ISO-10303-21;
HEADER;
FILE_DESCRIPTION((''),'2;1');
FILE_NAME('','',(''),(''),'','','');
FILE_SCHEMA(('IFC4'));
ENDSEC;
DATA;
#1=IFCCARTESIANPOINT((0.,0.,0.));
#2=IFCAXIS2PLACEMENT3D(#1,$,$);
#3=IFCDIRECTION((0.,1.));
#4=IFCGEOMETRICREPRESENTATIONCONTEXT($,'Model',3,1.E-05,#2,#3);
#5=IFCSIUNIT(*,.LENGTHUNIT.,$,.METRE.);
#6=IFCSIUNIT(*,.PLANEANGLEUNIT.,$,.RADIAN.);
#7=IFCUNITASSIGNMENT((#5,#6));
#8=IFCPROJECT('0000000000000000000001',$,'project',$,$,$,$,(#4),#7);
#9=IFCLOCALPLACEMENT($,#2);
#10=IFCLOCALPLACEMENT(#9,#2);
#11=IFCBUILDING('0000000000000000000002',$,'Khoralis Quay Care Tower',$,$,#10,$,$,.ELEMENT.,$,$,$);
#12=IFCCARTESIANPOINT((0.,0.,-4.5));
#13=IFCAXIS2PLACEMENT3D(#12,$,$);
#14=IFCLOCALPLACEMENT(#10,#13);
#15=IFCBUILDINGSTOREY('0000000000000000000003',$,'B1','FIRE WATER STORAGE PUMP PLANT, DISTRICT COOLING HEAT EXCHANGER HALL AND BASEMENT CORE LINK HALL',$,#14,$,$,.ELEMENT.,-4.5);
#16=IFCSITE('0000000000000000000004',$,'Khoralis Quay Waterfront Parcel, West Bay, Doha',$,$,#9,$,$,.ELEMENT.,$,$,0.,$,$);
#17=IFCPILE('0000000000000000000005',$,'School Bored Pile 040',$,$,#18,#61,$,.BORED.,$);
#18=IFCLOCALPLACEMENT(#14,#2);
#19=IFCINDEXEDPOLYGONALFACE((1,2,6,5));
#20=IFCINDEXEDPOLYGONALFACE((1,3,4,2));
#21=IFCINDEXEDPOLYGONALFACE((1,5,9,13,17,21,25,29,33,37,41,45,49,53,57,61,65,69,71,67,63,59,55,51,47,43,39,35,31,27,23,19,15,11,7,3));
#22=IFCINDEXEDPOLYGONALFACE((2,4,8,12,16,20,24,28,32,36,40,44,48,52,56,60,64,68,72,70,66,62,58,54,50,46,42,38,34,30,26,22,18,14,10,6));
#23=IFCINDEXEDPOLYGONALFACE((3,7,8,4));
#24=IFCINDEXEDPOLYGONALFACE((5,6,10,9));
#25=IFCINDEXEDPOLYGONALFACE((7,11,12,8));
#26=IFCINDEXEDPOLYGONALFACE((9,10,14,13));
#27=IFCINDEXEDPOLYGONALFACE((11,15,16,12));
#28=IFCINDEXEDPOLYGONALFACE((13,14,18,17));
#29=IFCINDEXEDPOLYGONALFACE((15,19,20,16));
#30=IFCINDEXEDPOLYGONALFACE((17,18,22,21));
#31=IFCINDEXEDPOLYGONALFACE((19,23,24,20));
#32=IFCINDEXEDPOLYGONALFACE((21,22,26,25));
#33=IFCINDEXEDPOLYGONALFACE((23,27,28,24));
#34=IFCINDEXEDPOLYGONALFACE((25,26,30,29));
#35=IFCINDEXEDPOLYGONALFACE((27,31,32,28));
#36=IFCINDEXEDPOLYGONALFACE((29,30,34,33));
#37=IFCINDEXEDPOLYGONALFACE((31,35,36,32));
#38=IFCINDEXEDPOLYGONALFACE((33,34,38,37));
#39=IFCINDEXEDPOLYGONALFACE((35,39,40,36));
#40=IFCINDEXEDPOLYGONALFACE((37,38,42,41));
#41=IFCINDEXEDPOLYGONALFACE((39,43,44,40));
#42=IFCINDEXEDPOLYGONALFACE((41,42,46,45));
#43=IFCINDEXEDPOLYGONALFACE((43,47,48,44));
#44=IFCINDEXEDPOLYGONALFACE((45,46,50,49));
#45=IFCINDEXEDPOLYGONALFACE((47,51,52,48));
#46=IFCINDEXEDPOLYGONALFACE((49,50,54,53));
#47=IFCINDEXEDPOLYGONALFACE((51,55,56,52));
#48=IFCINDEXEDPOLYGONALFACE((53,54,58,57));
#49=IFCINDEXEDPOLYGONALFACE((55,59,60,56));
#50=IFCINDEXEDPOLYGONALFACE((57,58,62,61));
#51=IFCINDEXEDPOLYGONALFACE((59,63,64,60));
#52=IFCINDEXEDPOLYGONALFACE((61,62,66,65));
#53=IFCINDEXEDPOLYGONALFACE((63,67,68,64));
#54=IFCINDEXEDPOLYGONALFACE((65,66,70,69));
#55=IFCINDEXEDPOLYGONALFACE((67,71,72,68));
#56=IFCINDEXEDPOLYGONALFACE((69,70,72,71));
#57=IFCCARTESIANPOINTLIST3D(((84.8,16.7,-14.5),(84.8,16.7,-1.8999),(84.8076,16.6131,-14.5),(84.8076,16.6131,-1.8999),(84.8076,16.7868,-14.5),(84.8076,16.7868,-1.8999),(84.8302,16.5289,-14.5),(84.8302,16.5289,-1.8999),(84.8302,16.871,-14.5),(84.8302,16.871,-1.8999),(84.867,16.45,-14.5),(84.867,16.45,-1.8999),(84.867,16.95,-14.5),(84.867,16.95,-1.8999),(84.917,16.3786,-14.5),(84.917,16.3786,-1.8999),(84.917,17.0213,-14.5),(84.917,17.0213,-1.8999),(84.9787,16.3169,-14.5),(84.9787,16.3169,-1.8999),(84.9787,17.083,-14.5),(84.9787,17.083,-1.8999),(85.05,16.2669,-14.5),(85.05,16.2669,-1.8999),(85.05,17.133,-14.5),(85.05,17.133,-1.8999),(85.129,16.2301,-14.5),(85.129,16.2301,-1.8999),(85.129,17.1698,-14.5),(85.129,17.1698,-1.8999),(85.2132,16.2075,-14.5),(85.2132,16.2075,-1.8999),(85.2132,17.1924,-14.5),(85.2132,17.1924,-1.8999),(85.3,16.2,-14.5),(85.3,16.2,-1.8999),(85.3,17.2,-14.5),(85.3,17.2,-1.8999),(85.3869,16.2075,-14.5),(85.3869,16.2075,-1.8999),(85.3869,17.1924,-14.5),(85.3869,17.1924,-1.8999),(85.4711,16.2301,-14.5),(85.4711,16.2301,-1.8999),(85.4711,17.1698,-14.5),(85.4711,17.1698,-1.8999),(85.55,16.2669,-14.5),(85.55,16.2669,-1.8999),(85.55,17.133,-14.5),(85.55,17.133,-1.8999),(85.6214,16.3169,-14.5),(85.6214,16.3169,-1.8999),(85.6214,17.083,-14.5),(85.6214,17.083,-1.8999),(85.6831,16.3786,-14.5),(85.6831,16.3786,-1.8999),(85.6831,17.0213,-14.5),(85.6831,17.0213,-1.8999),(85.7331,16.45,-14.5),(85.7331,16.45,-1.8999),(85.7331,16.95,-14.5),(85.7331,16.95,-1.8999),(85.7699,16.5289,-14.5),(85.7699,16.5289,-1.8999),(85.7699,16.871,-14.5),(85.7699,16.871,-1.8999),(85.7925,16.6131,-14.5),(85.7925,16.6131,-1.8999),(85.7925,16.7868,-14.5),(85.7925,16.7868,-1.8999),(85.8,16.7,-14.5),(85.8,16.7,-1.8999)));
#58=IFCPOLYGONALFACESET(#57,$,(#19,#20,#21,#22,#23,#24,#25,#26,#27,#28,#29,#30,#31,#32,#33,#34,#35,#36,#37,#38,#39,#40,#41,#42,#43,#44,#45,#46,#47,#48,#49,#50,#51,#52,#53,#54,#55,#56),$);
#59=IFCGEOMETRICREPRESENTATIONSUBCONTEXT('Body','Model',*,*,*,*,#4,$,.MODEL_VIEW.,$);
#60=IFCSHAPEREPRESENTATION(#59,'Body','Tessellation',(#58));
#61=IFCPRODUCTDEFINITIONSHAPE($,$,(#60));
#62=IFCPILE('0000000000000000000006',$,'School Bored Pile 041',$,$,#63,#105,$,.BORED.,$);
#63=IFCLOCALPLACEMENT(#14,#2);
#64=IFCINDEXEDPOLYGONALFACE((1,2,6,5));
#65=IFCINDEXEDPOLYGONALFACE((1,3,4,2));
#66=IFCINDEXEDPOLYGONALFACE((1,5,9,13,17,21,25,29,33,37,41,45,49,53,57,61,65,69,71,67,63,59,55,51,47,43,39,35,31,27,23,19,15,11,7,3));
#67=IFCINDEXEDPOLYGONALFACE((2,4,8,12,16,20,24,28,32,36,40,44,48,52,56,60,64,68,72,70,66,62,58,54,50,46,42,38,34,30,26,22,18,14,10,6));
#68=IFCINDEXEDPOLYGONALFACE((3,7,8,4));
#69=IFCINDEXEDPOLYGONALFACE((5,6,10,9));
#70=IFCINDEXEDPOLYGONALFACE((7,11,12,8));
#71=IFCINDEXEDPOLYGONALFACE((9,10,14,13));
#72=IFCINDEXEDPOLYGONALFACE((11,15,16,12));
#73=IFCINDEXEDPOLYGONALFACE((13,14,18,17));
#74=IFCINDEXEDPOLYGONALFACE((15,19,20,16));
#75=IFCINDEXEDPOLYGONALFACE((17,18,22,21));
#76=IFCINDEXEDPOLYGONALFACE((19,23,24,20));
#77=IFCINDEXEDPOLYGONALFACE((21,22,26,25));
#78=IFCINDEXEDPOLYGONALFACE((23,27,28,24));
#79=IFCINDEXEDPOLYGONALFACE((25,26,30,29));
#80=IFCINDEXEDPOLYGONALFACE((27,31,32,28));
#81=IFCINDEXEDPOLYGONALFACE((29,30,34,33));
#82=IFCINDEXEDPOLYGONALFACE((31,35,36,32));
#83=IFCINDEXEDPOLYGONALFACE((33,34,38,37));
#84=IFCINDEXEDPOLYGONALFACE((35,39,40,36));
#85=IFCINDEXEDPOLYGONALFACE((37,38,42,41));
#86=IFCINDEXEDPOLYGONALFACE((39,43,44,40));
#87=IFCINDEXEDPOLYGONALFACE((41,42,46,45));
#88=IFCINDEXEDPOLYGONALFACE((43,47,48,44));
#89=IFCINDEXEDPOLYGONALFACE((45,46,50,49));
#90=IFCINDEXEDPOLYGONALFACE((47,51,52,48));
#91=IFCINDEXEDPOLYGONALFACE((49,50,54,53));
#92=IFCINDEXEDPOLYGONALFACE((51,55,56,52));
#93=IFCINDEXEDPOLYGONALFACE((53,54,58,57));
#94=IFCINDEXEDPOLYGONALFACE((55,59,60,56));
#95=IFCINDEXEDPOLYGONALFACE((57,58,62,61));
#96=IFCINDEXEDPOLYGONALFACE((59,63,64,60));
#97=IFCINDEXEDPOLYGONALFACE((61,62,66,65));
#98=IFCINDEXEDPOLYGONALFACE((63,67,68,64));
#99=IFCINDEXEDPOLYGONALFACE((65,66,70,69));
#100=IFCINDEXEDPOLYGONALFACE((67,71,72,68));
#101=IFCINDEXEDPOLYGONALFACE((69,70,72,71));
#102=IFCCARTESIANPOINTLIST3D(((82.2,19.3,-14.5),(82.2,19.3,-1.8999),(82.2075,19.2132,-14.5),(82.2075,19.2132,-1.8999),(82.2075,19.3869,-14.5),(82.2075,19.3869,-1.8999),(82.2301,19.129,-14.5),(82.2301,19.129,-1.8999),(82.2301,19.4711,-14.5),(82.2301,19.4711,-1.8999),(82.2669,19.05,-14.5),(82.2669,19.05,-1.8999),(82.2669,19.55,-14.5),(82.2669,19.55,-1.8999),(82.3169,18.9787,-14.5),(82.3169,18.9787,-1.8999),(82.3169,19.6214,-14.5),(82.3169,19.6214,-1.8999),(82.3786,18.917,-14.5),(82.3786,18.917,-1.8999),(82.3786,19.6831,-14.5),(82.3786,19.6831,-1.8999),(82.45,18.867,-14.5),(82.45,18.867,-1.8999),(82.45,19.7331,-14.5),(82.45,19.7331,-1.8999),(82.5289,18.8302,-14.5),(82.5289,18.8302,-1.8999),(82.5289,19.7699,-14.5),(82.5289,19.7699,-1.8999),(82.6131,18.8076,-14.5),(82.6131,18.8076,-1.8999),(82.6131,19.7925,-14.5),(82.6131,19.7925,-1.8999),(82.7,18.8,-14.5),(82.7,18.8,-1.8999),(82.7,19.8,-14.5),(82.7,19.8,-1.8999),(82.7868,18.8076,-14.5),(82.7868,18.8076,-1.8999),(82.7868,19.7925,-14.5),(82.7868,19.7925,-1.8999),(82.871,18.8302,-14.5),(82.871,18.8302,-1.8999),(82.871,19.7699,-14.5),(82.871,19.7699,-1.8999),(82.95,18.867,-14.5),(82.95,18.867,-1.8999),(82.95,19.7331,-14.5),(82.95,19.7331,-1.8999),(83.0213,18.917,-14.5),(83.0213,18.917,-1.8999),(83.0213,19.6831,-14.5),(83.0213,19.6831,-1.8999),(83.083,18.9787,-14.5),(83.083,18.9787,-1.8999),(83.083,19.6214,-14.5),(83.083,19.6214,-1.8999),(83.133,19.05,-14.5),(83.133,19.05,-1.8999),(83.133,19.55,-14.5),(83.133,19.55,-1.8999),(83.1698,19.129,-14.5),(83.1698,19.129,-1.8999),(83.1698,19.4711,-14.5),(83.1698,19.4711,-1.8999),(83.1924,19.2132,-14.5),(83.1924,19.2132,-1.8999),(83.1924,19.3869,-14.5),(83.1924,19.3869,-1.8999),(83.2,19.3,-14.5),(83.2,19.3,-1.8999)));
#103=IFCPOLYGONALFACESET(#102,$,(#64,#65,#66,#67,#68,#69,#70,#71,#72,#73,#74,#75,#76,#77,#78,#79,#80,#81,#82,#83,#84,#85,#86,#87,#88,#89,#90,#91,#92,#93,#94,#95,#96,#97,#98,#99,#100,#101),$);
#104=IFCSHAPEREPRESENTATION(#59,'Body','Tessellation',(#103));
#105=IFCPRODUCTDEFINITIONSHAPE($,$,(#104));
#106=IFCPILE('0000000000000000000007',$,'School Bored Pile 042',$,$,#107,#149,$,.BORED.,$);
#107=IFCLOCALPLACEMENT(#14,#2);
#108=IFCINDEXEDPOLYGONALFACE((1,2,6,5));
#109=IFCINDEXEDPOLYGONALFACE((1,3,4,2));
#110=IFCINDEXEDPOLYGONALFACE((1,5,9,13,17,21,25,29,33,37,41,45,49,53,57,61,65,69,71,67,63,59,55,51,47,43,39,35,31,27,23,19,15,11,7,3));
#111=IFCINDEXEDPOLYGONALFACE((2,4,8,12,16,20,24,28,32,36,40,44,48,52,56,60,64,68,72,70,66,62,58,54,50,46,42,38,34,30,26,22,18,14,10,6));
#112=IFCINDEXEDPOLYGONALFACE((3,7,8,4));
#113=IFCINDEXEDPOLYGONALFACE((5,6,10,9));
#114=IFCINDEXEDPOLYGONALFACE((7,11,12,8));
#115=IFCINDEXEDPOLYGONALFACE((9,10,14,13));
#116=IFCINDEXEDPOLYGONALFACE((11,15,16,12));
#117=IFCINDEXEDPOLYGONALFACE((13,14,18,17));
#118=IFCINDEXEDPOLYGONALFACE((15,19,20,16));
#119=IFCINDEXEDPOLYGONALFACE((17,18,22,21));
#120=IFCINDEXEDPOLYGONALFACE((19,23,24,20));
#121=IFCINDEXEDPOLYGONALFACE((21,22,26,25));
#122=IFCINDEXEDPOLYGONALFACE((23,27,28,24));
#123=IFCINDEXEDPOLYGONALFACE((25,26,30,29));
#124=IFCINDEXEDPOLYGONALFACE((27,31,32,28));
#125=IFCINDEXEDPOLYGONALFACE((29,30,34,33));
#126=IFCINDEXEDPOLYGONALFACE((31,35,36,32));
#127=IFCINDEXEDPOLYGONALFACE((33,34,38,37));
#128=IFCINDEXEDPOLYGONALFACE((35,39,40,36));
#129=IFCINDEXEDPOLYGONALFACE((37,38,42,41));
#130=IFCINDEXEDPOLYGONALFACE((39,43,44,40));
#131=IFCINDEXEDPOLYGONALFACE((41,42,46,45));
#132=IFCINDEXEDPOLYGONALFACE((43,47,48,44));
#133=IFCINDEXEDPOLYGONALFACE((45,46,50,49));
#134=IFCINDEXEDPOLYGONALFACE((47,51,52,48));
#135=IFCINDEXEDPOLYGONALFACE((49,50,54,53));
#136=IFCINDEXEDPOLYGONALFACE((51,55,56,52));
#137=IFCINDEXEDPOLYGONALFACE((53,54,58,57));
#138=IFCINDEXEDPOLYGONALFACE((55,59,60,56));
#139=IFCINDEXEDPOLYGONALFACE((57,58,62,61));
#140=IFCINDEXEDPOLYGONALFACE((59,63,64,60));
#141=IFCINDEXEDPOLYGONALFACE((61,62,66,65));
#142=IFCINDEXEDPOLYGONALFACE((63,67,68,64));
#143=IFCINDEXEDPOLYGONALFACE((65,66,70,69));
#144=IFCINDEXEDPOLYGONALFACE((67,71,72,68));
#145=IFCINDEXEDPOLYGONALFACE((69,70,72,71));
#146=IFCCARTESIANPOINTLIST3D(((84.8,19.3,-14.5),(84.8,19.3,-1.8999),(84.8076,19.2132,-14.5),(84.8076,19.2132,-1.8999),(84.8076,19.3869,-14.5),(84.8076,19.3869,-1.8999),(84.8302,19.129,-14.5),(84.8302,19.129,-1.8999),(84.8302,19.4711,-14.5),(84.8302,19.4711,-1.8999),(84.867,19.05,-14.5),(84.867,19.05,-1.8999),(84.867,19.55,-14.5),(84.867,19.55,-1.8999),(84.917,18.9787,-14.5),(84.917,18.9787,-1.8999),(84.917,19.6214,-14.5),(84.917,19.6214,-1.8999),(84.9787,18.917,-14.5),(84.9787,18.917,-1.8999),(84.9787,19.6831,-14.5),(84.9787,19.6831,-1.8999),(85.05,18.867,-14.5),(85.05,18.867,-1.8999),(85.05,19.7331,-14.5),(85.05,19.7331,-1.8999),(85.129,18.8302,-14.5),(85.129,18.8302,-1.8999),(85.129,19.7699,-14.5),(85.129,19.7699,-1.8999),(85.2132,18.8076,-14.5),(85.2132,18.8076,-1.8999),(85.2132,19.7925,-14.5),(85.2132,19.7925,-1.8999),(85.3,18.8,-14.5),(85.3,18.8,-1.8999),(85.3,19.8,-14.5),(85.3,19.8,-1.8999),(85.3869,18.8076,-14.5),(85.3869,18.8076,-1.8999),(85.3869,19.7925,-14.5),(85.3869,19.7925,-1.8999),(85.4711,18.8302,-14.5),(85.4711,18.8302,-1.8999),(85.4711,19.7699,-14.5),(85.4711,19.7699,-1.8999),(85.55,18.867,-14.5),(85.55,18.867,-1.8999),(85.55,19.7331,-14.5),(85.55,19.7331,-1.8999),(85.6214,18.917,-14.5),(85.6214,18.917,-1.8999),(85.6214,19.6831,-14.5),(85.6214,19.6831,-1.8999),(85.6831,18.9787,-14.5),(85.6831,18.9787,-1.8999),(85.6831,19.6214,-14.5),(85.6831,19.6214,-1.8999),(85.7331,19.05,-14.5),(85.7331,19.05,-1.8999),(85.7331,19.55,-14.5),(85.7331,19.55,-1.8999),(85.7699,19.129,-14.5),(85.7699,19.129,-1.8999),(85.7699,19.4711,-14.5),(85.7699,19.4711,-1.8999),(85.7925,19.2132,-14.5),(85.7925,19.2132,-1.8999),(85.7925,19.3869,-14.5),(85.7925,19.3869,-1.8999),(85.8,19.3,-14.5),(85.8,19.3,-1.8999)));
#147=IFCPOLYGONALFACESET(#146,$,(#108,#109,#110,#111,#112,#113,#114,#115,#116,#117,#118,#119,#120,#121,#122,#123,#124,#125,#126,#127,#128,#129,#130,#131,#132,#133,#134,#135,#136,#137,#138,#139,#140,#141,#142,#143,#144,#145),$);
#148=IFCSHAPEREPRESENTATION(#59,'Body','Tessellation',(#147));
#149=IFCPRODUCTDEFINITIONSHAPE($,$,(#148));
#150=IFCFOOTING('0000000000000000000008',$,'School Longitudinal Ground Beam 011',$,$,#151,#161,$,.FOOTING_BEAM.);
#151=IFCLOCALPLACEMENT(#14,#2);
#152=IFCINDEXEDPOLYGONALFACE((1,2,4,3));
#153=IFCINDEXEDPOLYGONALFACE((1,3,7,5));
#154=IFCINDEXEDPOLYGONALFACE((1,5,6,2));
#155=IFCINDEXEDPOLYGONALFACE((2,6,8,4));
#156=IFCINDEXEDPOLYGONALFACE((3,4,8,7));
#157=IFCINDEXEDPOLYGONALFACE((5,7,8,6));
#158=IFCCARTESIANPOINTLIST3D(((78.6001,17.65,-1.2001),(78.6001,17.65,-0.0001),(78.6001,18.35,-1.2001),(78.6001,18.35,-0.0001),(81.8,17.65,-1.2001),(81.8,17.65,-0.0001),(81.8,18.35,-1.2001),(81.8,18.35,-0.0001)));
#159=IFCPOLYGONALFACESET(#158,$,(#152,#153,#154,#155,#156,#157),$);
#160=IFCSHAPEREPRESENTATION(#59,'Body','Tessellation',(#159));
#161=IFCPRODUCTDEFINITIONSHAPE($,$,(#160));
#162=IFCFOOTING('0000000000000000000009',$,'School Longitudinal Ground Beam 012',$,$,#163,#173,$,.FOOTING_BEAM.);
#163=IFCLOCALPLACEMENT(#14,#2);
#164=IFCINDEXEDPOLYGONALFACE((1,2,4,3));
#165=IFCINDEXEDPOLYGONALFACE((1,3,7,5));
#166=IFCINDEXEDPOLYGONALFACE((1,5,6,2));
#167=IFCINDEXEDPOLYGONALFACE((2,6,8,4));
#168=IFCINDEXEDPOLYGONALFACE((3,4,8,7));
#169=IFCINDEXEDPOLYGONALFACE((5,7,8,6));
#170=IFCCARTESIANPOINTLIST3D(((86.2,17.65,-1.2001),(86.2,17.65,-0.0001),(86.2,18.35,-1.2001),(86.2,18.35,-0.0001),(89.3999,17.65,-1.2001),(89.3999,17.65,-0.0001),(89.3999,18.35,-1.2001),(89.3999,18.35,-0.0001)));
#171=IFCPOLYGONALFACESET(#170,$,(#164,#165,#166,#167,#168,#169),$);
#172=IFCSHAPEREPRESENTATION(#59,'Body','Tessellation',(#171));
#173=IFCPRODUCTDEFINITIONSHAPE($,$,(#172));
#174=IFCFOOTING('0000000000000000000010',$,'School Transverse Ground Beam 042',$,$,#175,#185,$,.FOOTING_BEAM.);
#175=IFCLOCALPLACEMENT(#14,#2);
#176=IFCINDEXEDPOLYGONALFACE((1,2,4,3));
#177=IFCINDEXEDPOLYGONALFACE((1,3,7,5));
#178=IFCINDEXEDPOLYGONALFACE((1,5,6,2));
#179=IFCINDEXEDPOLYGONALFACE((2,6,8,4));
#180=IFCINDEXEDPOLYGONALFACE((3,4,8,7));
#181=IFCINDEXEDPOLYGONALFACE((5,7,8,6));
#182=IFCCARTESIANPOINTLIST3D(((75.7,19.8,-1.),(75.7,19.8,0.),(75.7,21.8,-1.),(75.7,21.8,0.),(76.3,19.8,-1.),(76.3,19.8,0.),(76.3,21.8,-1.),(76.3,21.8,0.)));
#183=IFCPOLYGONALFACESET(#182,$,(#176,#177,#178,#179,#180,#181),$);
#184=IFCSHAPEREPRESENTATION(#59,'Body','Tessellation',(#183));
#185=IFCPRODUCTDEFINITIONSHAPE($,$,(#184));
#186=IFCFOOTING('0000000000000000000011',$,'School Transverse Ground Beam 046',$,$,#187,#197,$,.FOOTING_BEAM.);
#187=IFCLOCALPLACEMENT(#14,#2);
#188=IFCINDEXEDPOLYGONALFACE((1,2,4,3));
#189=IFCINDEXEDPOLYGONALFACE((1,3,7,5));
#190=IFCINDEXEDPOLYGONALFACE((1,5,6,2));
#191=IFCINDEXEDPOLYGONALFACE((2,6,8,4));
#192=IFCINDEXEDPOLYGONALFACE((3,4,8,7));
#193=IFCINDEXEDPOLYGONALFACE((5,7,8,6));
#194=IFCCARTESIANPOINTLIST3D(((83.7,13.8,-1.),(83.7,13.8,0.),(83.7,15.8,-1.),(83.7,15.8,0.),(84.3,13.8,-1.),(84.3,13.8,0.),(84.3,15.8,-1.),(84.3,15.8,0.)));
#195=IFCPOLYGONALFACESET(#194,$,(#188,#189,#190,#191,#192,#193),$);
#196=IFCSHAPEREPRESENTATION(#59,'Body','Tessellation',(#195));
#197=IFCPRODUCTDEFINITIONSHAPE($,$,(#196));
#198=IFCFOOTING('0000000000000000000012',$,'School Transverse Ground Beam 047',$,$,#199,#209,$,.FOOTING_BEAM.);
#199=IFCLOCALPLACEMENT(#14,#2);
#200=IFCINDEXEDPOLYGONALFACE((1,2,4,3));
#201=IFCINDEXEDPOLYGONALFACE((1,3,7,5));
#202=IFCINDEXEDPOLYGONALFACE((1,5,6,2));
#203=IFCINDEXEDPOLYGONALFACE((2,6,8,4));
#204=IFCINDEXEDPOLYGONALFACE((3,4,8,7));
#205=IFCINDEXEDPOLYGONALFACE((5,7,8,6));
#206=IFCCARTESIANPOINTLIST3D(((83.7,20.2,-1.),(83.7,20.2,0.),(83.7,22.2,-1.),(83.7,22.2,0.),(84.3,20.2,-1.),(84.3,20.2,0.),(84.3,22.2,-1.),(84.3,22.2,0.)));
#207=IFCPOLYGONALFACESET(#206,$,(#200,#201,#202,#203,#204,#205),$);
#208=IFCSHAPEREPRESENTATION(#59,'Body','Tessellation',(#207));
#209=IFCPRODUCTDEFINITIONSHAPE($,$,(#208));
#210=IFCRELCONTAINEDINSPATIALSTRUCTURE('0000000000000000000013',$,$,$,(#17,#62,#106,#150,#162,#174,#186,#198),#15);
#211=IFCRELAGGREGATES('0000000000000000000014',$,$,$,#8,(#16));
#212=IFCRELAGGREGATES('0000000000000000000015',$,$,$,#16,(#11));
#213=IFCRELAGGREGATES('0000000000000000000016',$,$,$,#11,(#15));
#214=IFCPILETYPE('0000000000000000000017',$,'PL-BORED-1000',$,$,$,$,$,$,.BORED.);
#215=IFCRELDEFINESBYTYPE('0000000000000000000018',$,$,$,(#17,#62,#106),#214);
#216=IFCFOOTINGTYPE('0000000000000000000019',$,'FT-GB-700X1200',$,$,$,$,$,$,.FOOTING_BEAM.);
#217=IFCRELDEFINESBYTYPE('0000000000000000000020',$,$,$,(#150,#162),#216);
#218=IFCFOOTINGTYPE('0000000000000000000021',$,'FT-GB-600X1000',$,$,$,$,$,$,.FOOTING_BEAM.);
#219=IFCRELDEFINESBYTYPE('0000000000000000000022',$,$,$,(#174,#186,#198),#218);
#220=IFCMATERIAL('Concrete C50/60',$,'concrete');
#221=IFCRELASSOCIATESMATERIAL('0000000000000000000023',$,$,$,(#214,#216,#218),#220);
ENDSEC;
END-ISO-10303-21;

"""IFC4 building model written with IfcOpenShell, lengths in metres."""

from ifc_helpers import new_model, si_unit, direction, frame, origin, origin_2d, place, context, subcontext, project, spatial, rectangle, circle, extrude, source, transform, mapped, material, material_profile, profile_set, type_object, element, save


model = new_model("IFC4")

# Units and contexts
model_context = context("Model", 3, precision=1e-05, world=origin(), true_north=direction((0.0, 1.0)))
body_context = subcontext(model_context, "Body", "Model", "MODEL_VIEW")
ifc_project = project(units=[si_unit("LENGTHUNIT", "METRE"), si_unit("PLANEANGLEUNIT", "RADIAN")], contexts=[model_context])

# Site, building, storey
site_placement = place(None, origin())
site = spatial("IfcSite", under=ifc_project, at=site_placement, Name="Khoralis Quay Waterfront Parcel, West Bay, Doha", CompositionType="ELEMENT", RefElevation=0.0)
building_placement = place(site_placement, origin())
building = spatial("IfcBuilding", under=site, at=building_placement, Name="Khoralis Quay Care Tower", CompositionType="ELEMENT")
storey_placement = place(building_placement, frame((0.0, 0.0, -4.5)))
storey = spatial("IfcBuildingStorey", under=building, at=storey_placement, Name="B1", Description="FIRE WATER STORAGE PUMP PLANT, DISTRICT COOLING HEAT EXCHANGER HALL AND BASEMENT CORE LINK HALL", CompositionType="ELEMENT", Elevation=-4.5)

# Shared definitions
ifc_material_1 = material(Name="Concrete C50/60", Category="concrete")

# Piles
ifc_material_profile_1 = material_profile(ifc_material_1, circle(Radius=0.5, at=origin_2d()), Name="Concrete C50/60")
ifc_profile_set_1 = profile_set([ifc_material_profile_1], Name="Concrete C50/60")
pile_type = type_object("IfcPileType", Name="PL-BORED-1000", PredefinedType="BORED", material=ifc_profile_set_1)
shared_shape_1 = source(origin(), body_context, "Body", "SweptSolid", [
    extrude(circle(Radius=0.5, at=origin_2d()), origin(), (0.0, 0.0, 1.0), 12.6001),
])
for number, where, z_axis, x_axis, name in (
    (1, (85.3, 16.7, -1.8999), (0.0, 0.0, -1.0), (1.0, 0.0, 0.0), "School Bored Pile 040"),
    (2, (82.7, 19.3, -1.8999), (0.0, 0.0, -1.0), (1.0, 0.0, 0.0), "School Bored Pile 041"),
    (3, (85.3, 19.3, -1.8999), (0.0, 0.0, -1.0), (1.0, 0.0, 0.0), "School Bored Pile 042"),
):
    element("IfcPile", number, at=place(storey_placement, frame(where, z_axis=z_axis, x_axis=x_axis)), inside=storey, type_object=pile_type, Name=name, PredefinedType="BORED", context=body_context, shape_type="MappedRepresentation", body=[
        mapped(shared_shape_1, transform((0.0, 0.0, 0.0), scale=1.0)),
    ])

# Footings
ifc_material_profile_2 = material_profile(ifc_material_1, rectangle(XDim=0.7, YDim=1.2, at=origin_2d()), Name="Concrete C50/60")
ifc_profile_set_2 = profile_set([ifc_material_profile_2], Name="Concrete C50/60")
footing_type_1 = type_object("IfcFootingType", Name="FT-GB-700X1200", PredefinedType="FOOTING_BEAM", material=ifc_profile_set_2)
shared_shape_2 = source(origin(), body_context, "Body", "SweptSolid", [
    extrude(rectangle(XDim=0.7, YDim=1.2, at=origin_2d()), origin(), (0.0, 0.0, 1.0), 3.2),
])
for number, where, z_axis, x_axis, name in (
    (4, (78.6001, 18.0, -0.6001), (1.0, 0.0, 0.0), (0.0, 1.0, 0.0), "School Longitudinal Ground Beam 011"),
    (5, (86.2, 18.0, -0.6001), (1.0, 0.0, 0.0), (0.0, 1.0, 0.0), "School Longitudinal Ground Beam 012"),
):
    element("IfcFooting", number, at=place(storey_placement, frame(where, z_axis=z_axis, x_axis=x_axis)), inside=storey, type_object=footing_type_1, Name=name, PredefinedType="FOOTING_BEAM", context=body_context, shape_type="MappedRepresentation", body=[
        mapped(shared_shape_2, transform((0.0, 0.0, 0.0), scale=1.0)),
    ])
ifc_material_profile_3 = material_profile(ifc_material_1, rectangle(XDim=0.6001, YDim=1.0, at=origin_2d()), Name="Concrete C50/60")
ifc_profile_set_3 = profile_set([ifc_material_profile_3], Name="Concrete C50/60")
footing_type_2 = type_object("IfcFootingType", Name="FT-GB-600X1000", PredefinedType="FOOTING_BEAM", material=ifc_profile_set_3)
shared_shape_3 = source(origin(), body_context, "Body", "SweptSolid", [
    extrude(rectangle(XDim=0.6001, YDim=1.0, at=origin_2d()), origin(), (0.0, 0.0, 1.0), 2.0),
])
for number, where, z_axis, x_axis, name in (
    (6, (76.0, 19.8, -0.5), (0.0, 1.0, 0.0), (-1.0, 0.0, 0.0), "School Transverse Ground Beam 042"),
    (7, (84.0, 13.8, -0.5), (0.0, 1.0, 0.0), (-1.0, 0.0, 0.0), "School Transverse Ground Beam 046"),
    (8, (84.0, 20.2, -0.5), (0.0, 1.0, 0.0), (-1.0, 0.0, 0.0), "School Transverse Ground Beam 047"),
):
    element("IfcFooting", number, at=place(storey_placement, frame(where, z_axis=z_axis, x_axis=x_axis)), inside=storey, type_object=footing_type_2, Name=name, PredefinedType="FOOTING_BEAM", context=body_context, shape_type="MappedRepresentation", body=[
        mapped(shared_shape_3, transform((0.0, 0.0, 0.0), scale=1.0)),
    ])

save(model, "model.ifc")
